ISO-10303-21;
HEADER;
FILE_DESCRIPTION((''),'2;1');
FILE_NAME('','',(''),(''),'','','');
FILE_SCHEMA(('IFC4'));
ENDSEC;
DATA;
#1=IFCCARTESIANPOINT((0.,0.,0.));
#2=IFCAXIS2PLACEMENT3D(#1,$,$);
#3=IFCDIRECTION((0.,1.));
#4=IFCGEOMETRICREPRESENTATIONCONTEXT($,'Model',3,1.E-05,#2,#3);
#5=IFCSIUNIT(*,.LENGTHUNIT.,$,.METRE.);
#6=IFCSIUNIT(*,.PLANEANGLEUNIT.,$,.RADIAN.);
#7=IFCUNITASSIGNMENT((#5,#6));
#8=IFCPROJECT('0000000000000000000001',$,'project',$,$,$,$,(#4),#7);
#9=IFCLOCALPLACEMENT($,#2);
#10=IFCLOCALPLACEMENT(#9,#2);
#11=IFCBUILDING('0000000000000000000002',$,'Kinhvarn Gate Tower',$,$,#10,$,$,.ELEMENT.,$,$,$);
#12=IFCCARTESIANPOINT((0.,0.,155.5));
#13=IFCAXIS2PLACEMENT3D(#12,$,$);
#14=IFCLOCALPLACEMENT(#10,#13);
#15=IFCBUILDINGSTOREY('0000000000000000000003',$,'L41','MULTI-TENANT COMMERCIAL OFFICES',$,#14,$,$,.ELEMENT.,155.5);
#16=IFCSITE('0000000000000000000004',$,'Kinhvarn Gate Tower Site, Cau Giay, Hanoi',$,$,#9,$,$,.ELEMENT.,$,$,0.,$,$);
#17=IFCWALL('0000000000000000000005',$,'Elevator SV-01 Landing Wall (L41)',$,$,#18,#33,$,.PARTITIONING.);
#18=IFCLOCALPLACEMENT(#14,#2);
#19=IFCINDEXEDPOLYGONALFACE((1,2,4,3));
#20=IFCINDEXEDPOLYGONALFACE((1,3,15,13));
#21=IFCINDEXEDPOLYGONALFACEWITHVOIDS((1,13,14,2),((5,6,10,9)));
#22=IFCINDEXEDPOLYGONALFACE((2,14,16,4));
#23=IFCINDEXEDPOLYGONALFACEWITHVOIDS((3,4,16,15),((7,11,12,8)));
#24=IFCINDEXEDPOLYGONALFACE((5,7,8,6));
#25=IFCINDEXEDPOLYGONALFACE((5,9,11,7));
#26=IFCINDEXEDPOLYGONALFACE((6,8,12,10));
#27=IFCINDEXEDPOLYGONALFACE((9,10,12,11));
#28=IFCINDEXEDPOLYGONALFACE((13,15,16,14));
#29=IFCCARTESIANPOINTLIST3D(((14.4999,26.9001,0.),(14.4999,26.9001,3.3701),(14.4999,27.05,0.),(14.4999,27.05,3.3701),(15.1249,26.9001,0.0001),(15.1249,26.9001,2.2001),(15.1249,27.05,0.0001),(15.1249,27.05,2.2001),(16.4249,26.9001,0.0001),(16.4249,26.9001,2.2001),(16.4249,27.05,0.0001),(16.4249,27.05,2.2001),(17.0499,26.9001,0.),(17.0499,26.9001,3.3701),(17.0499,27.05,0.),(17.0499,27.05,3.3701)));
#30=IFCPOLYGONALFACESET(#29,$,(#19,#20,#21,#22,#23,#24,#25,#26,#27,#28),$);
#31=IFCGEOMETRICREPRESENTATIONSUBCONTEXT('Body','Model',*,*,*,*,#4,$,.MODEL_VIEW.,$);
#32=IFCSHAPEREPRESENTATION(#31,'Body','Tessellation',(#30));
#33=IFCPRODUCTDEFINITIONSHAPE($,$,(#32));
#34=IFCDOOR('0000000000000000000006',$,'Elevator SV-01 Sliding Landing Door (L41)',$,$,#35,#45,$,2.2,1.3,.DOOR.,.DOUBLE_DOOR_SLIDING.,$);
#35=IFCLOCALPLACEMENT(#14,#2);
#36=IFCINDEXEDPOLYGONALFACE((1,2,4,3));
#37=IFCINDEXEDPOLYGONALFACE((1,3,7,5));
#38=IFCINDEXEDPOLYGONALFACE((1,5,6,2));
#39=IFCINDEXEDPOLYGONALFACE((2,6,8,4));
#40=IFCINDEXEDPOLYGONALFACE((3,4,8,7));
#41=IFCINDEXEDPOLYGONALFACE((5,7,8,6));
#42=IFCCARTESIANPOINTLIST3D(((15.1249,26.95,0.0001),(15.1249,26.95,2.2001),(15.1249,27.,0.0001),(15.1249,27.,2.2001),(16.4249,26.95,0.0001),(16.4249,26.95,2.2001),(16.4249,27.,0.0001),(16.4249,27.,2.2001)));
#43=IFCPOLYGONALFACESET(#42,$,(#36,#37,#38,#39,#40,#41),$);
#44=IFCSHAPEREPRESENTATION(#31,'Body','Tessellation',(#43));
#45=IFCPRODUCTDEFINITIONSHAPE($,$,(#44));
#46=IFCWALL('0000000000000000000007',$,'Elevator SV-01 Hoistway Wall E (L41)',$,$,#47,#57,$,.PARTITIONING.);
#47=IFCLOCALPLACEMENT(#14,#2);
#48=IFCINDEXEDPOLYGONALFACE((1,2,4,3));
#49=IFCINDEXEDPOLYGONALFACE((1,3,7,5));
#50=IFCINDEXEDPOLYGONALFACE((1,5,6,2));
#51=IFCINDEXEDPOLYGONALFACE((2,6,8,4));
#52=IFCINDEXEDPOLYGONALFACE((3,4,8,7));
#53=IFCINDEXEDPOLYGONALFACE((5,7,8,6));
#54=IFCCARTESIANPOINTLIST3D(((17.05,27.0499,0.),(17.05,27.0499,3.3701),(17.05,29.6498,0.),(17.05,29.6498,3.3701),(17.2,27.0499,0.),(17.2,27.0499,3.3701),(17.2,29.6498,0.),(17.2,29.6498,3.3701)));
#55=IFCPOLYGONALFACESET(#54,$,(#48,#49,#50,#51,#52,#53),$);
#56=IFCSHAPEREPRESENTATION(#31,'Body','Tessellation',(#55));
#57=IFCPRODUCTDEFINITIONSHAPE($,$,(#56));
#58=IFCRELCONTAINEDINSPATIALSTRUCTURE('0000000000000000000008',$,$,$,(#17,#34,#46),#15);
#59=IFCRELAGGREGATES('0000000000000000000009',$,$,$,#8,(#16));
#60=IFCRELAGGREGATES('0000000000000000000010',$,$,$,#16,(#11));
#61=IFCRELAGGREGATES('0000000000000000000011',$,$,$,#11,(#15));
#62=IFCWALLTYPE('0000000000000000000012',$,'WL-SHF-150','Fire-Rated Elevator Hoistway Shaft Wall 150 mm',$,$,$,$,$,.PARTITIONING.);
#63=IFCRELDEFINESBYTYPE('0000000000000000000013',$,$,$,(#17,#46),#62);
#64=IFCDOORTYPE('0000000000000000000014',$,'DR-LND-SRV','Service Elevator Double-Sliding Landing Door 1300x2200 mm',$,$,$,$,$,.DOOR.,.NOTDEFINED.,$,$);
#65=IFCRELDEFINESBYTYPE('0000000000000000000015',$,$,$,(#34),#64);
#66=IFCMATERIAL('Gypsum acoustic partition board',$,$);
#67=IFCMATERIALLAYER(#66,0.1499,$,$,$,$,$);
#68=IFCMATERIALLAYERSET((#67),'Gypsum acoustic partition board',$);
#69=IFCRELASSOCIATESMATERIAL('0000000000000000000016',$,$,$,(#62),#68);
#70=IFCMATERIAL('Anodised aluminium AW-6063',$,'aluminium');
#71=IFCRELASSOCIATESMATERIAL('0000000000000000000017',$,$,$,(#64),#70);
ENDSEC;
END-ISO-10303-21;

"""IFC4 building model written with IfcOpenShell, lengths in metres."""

from ifc_helpers import new_model, si_unit, direction, frame, frame_2d, origin, place, context, subcontext, project, spatial, rectangle, extrude, material, layer, layer_set, type_object, element, fill, save


model = new_model("IFC4")

# Units and contexts
model_context = context("Model", 3, precision=1e-05, world=origin(), true_north=direction((0.0, 1.0)))
body_context = subcontext(model_context, "Body", "Model", "MODEL_VIEW")
ifc_project = project(units=[si_unit("LENGTHUNIT", "METRE"), si_unit("PLANEANGLEUNIT", "RADIAN")], contexts=[model_context])

# Site, building, storey
site_placement = place(None, origin())
site = spatial("IfcSite", under=ifc_project, at=site_placement, Name="Kinhvarn Gate Tower Site, Cau Giay, Hanoi", CompositionType="ELEMENT", RefElevation=0.0)
building_placement = place(site_placement, origin())
building = spatial("IfcBuilding", under=site, at=building_placement, Name="Kinhvarn Gate Tower", CompositionType="ELEMENT")
storey_placement = place(building_placement, frame((0.0, 0.0, 155.5)))
storey = spatial("IfcBuildingStorey", under=building, at=storey_placement, Name="L41", Description="MULTI-TENANT COMMERCIAL OFFICES", CompositionType="ELEMENT", Elevation=155.5)

# Shared definitions
ifc_material_1 = material(Name="Anodised aluminium AW-6063", Category="aluminium")

# Shared definitions
ifc_material_2 = material(Name="Gypsum acoustic partition board")

# Wall, opening, door
ifc_layer_1 = layer(ifc_material_2, 0.1499)
ifc_layer_set_1 = layer_set([ifc_layer_1], Name="Gypsum acoustic partition board")
wall_type_1 = type_object("IfcWallType", Name="WL-SHF-150", Description="Fire-Rated Elevator Hoistway Shaft Wall 150 mm", PredefinedType="PARTITIONING", material=ifc_layer_set_1)
wall_1_placement = place(storey_placement, frame((14.5, 26.9751, 0.0), z_axis=(0.0, 0.0, 1.0), x_axis=(1.0, 0.0, 0.0)))
wall_1 = element("IfcWall", 1, at=wall_1_placement, inside=storey, type_object=wall_type_1, Name="Elevator SV-01 Landing Wall (L41)", PredefinedType="PARTITIONING", context=body_context, shape_type="SweptSolid", body=[
    extrude(rectangle(XDim=2.55, YDim=0.1499, at=frame_2d((1.2749, 0.0))), origin(), (0.0, 0.0, 1.0), 3.3701),
])
opening_1_placement = place(wall_1_placement, frame((0.625, 0.0, 0.0)))
opening_1 = element("IfcOpeningElement", 2, at=opening_1_placement, cuts=wall_1, PredefinedType="OPENING", context=body_context, shape_type="SweptSolid", body=[
    extrude(rectangle(XDim=1.3, YDim=2.2, at=frame_2d((0.6499, 1.1001))), frame((0.0, 0.085, 0.0), z_axis=(0.0, -1.0, 0.0), x_axis=(1.0, 0.0, 0.0)), (0.0, 0.0, 1.0), 0.1699),
])
door_type_1 = type_object("IfcDoorType", Name="DR-LND-SRV", Description="Service Elevator Double-Sliding Landing Door 1300x2200 mm", OperationType="NOTDEFINED", PredefinedType="DOOR", material=ifc_material_1)
door_1_placement = place(opening_1_placement, origin())
door_1 = element("IfcDoor", 3, at=door_1_placement, inside=storey, type_object=door_type_1, Name="Elevator SV-01 Sliding Landing Door (L41)", OperationType="DOUBLE_DOOR_SLIDING", OverallHeight=2.2, OverallWidth=1.3, PredefinedType="DOOR", context=body_context, shape_type="SweptSolid", body=[
    extrude(rectangle(XDim=1.3, YDim=2.2, at=frame_2d((0.6499, 1.1001))), frame((0.0, 0.0249, 0.0), z_axis=(0.0, -1.0, 0.0), x_axis=(1.0, 0.0, 0.0)), (0.0, 0.0, 1.0), 0.05),
])
fill(opening_1, door_1)

# Wall
wall_2_placement = place(storey_placement, frame((17.125, 27.05, 0.0), z_axis=(0.0, 0.0, 1.0), x_axis=(0.0, 1.0, 0.0)))
element("IfcWall", 4, at=wall_2_placement, inside=storey, type_object=wall_type_1, Name="Elevator SV-01 Hoistway Wall E (L41)", PredefinedType="PARTITIONING", context=body_context, shape_type="SweptSolid", body=[
    extrude(rectangle(XDim=2.5999, YDim=0.1499, at=frame_2d((1.2998, 0.0))), origin(), (0.0, 0.0, 1.0), 3.3701),
])

save(model, "model.ifc")
